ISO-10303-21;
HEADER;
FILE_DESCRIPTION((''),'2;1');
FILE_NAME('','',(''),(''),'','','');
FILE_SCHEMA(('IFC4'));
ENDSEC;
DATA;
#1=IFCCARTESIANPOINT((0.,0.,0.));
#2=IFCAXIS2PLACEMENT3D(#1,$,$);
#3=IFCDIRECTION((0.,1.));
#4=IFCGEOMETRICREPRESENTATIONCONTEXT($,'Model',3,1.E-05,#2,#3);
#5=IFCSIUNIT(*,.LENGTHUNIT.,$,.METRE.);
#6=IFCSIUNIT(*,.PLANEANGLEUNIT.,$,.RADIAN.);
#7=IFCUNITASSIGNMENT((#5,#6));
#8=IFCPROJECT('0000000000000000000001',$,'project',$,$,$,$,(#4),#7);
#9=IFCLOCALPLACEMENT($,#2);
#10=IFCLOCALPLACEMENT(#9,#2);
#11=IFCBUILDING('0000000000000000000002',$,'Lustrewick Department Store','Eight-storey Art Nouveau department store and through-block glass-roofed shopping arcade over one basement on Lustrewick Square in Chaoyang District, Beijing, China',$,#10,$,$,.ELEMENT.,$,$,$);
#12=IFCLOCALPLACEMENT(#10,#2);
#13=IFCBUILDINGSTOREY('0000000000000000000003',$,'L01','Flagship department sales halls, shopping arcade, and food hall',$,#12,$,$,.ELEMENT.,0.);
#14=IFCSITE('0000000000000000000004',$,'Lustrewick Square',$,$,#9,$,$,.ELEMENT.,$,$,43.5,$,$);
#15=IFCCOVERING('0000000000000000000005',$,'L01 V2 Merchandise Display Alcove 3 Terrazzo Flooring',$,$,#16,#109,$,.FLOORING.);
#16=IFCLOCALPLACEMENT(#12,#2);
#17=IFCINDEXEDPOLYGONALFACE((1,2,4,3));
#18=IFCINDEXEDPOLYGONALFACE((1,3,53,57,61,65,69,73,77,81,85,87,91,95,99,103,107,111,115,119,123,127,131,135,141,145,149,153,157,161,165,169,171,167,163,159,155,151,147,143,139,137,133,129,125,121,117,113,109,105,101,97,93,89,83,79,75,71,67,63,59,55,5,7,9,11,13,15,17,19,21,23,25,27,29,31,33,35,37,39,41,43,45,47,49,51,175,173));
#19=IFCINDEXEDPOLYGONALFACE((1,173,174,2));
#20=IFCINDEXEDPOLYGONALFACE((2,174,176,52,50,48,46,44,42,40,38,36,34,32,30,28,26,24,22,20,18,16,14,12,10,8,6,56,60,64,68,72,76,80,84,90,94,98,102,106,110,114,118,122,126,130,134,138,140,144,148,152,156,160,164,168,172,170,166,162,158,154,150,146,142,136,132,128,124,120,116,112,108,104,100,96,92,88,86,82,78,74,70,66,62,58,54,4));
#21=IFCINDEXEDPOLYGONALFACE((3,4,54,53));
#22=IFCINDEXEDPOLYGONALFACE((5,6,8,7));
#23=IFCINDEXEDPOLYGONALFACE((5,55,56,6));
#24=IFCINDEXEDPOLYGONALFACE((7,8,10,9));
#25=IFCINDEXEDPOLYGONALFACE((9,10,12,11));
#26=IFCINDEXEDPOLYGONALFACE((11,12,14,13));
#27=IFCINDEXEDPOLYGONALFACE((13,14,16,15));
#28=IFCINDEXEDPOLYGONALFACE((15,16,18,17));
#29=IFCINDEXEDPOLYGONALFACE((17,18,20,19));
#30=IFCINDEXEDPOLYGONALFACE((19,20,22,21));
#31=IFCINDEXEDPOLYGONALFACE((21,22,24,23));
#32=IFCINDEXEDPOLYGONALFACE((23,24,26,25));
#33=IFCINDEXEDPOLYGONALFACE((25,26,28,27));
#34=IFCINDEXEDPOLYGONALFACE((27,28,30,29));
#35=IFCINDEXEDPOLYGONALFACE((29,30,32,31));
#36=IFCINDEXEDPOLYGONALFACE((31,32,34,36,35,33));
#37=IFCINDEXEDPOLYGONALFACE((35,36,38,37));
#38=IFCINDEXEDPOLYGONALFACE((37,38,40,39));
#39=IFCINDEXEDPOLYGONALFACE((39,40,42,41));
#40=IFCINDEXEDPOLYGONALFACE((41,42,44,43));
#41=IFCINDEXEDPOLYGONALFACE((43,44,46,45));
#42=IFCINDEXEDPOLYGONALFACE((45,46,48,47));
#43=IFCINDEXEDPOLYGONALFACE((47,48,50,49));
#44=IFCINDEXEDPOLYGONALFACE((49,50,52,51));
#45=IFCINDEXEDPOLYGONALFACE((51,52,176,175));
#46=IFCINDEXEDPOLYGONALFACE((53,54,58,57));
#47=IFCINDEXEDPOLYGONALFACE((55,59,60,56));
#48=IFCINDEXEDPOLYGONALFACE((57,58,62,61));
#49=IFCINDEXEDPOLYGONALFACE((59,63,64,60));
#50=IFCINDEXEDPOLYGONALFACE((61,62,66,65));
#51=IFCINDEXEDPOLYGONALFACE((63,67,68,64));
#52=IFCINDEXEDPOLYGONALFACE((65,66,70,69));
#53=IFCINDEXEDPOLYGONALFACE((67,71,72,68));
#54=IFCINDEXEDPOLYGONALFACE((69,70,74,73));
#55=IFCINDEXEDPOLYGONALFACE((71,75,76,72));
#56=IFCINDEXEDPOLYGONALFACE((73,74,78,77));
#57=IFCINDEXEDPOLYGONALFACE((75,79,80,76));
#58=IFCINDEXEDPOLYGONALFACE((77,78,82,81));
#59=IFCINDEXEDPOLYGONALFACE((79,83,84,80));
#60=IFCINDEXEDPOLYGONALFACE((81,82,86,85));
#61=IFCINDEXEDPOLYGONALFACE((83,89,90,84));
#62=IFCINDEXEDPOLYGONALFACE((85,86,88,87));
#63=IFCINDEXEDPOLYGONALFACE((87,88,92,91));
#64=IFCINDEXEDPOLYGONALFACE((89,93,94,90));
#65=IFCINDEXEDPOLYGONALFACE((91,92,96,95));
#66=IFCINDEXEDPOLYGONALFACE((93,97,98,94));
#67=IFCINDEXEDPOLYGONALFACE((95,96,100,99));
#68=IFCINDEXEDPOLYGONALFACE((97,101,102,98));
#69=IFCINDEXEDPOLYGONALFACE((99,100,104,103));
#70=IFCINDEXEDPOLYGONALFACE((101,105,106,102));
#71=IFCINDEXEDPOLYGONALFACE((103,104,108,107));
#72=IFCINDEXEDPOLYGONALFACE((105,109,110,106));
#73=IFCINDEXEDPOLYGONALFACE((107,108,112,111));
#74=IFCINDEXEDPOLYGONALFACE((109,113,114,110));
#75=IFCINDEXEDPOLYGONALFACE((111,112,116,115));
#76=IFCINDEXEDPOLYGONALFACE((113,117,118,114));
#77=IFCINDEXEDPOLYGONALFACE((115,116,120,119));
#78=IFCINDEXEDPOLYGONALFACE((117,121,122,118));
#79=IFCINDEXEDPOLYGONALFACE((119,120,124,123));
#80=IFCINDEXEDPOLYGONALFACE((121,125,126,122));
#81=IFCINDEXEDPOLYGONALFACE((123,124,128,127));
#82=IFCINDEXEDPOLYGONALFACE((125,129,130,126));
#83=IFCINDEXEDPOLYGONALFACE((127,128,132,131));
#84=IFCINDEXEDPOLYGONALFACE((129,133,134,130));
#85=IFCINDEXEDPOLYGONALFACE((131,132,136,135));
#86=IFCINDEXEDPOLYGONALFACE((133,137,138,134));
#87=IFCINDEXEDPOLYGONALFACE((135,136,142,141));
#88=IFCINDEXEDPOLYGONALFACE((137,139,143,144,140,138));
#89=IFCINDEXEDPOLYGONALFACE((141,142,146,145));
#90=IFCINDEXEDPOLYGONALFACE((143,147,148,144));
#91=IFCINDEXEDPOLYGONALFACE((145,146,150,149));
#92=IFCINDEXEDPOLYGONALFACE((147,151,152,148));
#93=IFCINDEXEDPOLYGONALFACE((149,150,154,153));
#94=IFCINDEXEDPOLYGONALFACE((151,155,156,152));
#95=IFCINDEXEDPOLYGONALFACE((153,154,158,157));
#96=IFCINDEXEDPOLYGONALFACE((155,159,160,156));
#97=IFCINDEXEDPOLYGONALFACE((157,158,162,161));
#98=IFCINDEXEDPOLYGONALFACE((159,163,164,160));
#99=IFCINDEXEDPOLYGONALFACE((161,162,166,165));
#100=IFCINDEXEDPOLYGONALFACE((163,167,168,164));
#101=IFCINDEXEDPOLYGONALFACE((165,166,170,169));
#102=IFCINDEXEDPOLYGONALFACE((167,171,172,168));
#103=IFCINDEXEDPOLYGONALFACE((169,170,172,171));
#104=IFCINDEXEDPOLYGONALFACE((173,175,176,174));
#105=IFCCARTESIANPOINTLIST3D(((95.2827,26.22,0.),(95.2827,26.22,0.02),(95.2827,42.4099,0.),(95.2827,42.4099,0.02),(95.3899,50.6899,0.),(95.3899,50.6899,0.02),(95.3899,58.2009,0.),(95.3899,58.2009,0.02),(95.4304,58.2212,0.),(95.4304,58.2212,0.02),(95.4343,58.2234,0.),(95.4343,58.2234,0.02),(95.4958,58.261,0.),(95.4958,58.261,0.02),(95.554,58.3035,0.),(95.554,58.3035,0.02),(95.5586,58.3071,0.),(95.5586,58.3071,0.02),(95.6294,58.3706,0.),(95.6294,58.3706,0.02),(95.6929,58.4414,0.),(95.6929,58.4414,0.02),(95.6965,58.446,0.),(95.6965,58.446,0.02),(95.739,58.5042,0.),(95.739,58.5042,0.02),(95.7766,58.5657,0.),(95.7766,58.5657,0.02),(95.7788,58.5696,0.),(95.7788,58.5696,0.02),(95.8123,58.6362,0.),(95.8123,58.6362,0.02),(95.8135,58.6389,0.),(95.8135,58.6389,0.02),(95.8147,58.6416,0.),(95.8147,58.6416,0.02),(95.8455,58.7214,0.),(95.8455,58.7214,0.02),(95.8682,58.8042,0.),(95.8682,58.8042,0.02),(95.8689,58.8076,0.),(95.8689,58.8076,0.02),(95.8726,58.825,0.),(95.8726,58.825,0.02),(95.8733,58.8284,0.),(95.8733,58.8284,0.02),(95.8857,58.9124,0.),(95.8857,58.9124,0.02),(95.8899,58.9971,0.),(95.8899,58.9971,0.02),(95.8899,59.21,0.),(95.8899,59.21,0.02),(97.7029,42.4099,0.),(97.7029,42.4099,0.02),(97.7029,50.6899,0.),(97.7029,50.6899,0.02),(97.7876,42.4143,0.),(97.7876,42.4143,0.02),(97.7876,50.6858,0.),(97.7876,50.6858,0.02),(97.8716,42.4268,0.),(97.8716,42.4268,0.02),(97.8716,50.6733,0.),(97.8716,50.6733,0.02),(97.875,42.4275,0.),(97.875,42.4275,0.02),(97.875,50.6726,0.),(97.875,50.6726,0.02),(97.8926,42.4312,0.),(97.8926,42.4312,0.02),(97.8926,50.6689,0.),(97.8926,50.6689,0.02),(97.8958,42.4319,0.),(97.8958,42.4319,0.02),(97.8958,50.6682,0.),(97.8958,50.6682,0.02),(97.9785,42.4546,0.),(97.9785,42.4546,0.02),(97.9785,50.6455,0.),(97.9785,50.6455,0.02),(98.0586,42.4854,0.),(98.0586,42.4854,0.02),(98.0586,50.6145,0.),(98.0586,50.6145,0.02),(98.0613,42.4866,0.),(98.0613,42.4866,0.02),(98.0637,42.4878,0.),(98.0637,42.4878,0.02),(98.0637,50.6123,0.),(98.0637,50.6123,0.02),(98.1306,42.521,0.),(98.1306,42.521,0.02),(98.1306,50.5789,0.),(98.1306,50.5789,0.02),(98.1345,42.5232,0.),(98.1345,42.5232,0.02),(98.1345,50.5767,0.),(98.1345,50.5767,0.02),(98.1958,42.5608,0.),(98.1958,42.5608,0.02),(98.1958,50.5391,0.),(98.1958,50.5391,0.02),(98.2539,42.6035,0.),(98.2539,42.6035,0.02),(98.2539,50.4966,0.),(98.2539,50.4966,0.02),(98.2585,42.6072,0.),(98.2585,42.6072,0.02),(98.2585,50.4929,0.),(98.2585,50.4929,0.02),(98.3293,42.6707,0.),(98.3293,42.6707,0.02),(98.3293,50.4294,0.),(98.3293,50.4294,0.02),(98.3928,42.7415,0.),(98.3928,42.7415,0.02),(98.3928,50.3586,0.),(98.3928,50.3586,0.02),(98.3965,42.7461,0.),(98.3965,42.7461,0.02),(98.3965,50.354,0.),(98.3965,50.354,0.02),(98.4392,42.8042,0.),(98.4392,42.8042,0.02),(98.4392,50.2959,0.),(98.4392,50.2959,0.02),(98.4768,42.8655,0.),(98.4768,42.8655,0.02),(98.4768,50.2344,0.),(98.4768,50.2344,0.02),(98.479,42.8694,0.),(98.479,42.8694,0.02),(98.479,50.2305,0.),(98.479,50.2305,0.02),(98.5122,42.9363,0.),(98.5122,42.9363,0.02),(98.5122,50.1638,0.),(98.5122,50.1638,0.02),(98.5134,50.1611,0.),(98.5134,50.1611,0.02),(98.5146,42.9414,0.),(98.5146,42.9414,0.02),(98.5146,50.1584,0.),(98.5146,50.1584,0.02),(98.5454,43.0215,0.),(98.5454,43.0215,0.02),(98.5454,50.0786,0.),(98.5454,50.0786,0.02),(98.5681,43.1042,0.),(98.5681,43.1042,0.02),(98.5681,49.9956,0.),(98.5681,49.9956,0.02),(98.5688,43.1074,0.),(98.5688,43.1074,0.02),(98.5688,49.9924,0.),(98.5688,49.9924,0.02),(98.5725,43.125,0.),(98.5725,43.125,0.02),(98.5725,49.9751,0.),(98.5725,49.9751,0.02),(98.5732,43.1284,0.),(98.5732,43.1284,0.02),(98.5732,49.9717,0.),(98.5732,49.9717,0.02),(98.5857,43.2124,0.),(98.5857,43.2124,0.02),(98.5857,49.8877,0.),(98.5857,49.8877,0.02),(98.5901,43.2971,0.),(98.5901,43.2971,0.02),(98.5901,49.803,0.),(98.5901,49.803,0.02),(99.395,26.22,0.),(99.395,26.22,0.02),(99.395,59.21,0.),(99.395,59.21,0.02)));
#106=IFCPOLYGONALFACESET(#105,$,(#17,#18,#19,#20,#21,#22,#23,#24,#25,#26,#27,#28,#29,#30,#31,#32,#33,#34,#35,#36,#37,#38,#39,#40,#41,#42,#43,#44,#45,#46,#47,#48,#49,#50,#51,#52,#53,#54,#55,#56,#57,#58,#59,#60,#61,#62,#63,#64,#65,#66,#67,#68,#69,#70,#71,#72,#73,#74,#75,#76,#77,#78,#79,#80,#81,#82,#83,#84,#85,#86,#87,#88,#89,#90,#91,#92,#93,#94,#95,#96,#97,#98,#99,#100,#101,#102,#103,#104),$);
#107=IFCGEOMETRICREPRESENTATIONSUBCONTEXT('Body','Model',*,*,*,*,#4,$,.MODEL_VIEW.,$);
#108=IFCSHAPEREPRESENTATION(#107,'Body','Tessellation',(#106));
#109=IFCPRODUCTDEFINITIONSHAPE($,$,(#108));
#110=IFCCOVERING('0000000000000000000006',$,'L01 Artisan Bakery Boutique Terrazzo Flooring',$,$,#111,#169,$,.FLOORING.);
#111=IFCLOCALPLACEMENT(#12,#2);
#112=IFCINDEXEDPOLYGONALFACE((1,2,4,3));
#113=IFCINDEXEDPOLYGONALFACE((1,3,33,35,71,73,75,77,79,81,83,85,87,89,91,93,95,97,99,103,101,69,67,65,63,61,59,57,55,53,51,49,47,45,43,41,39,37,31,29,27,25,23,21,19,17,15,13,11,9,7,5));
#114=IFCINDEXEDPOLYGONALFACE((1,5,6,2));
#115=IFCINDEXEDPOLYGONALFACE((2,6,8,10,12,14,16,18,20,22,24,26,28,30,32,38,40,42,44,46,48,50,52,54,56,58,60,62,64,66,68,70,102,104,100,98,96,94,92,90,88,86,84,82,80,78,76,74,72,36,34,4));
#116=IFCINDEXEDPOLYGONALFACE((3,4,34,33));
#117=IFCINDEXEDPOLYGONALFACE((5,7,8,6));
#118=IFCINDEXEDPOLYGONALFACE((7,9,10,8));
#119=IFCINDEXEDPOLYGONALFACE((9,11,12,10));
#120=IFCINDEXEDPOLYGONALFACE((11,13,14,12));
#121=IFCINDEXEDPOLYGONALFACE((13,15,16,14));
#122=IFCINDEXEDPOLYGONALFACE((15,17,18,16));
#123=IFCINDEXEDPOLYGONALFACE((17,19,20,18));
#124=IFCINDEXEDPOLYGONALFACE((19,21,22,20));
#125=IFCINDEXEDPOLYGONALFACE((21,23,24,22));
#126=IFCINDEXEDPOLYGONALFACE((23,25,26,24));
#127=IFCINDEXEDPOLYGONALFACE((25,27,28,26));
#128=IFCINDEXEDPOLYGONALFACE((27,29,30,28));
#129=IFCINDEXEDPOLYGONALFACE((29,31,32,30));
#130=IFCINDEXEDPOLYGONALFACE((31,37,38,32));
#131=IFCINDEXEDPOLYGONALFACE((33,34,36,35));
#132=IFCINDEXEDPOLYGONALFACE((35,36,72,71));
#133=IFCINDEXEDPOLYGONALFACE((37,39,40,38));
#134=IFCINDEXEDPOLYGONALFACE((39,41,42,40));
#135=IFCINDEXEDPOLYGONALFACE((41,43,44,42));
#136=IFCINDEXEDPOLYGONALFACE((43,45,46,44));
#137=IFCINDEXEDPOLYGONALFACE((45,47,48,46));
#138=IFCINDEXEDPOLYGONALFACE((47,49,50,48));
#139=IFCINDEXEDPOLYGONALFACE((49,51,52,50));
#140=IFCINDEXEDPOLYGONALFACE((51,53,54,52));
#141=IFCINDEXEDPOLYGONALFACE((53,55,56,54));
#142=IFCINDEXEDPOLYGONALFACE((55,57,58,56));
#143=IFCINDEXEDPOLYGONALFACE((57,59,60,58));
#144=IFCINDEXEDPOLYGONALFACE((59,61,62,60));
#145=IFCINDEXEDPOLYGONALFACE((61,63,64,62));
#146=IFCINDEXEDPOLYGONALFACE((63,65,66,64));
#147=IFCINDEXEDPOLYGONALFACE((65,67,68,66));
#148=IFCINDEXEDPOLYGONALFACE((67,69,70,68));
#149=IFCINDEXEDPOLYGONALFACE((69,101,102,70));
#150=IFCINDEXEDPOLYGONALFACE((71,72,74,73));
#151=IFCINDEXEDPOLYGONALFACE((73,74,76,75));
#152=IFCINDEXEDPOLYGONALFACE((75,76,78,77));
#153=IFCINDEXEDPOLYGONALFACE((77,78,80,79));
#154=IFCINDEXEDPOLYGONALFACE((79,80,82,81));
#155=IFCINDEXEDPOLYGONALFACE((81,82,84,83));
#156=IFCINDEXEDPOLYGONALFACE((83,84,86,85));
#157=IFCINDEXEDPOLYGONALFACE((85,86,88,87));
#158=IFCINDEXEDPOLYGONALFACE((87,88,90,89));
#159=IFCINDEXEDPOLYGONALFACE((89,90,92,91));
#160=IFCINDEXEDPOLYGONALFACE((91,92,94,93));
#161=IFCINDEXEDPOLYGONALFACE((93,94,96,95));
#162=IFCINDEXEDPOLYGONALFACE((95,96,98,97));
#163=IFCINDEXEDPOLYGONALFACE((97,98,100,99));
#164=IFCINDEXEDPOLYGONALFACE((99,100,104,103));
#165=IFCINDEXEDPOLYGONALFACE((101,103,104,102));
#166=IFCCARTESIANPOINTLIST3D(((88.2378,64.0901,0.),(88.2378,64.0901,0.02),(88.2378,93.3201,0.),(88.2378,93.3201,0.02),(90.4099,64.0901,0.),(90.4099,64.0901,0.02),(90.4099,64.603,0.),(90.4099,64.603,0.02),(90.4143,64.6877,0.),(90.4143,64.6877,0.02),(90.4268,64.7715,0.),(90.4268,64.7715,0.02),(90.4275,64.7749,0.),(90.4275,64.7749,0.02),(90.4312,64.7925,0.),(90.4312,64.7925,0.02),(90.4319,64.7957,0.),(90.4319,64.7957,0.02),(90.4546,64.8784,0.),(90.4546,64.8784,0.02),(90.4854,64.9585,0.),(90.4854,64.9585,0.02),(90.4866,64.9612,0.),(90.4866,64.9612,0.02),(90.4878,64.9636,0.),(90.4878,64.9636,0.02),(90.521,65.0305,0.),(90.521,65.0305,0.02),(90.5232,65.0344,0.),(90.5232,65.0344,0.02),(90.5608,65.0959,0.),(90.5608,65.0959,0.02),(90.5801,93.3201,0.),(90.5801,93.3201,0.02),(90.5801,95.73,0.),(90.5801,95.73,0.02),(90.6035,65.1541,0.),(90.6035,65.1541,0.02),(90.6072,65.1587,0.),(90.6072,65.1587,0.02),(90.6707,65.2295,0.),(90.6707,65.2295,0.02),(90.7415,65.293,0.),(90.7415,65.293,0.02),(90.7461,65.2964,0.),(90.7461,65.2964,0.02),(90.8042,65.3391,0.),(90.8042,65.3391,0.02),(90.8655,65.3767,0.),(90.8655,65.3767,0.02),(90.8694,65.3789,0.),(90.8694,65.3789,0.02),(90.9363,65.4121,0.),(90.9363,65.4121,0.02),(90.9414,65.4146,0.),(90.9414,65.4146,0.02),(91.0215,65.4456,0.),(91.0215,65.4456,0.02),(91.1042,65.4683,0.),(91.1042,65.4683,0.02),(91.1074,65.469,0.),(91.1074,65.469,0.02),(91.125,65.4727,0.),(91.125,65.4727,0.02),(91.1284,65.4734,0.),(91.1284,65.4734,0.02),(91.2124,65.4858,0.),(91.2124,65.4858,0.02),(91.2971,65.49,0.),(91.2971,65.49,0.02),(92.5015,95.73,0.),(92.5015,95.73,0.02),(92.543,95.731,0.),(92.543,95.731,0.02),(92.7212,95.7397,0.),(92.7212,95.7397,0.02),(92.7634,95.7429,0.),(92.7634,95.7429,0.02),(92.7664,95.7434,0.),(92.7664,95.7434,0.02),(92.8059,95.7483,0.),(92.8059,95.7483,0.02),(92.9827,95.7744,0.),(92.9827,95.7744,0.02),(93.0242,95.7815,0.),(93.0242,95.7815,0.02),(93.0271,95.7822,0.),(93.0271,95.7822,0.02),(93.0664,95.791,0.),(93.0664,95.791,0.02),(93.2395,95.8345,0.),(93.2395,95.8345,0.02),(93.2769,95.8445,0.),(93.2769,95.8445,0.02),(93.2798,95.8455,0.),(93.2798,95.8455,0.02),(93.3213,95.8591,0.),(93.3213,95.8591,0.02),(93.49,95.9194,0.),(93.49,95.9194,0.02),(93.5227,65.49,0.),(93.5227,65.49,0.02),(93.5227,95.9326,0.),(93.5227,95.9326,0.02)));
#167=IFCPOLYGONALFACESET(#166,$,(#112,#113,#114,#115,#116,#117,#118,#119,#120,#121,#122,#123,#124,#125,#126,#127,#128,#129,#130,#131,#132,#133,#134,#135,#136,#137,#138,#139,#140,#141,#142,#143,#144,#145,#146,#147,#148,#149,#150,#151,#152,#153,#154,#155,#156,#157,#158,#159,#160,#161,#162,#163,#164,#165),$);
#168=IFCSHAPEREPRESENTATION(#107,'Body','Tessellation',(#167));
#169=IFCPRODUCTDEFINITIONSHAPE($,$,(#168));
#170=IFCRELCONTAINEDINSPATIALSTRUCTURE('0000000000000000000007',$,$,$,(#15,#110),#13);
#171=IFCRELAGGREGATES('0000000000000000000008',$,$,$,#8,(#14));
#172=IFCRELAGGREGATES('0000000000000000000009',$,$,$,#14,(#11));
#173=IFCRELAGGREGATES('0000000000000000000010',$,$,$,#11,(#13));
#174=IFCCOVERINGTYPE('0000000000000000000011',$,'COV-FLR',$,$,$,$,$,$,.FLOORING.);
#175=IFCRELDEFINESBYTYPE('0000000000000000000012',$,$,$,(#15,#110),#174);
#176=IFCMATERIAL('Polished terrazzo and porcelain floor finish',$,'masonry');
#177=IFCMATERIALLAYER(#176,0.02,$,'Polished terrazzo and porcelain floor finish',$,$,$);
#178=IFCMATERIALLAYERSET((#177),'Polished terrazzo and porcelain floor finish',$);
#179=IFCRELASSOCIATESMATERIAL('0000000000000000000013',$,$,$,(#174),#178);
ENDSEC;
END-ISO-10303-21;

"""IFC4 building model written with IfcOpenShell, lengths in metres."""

from ifc_helpers import new_model, si_unit, direction, origin, place, context, subcontext, project, spatial, polyline, outline, extrude, material, layer, layer_set, type_object, element, save


model = new_model("IFC4")

# Units and contexts
model_context = context("Model", 3, precision=1e-05, world=origin(), true_north=direction((0.0, 1.0)))
body_context = subcontext(model_context, "Body", "Model", "MODEL_VIEW")
ifc_project = project(units=[si_unit("LENGTHUNIT", "METRE"), si_unit("PLANEANGLEUNIT", "RADIAN")], contexts=[model_context])

# Site, building, storey
site_placement = place(None, origin())
site = spatial("IfcSite", under=ifc_project, at=site_placement, Name="Lustrewick Square", CompositionType="ELEMENT", RefElevation=43.5)
building_placement = place(site_placement, origin())
building = spatial("IfcBuilding", under=site, at=building_placement, Name="Lustrewick Department Store", Description="Eight-storey Art Nouveau department store and through-block glass-roofed shopping arcade over one basement on Lustrewick Square in Chaoyang District, Beijing, China", CompositionType="ELEMENT")
storey_placement = place(building_placement, origin())
storey = spatial("IfcBuildingStorey", under=building, at=storey_placement, Name="L01", Description="Flagship department sales halls, shopping arcade, and food hall", CompositionType="ELEMENT", Elevation=0.0)

# Coverings
ifc_material_1 = material(Name="Polished terrazzo and porcelain floor finish", Category="masonry")
ifc_layer_1 = layer(ifc_material_1, 0.02, Name="Polished terrazzo and porcelain floor finish")
ifc_layer_set_1 = layer_set([ifc_layer_1], Name="Polished terrazzo and porcelain floor finish")
covering_type_1 = type_object("IfcCoveringType", Name="COV-FLR", PredefinedType="FLOORING", material=ifc_layer_set_1)
covering_1_placement = place(storey_placement, origin())
element("IfcCovering", 1, at=covering_1_placement, inside=storey, type_object=covering_type_1, Name="L01 V2 Merchandise Display Alcove 3 Terrazzo Flooring", PredefinedType="FLOORING", context=body_context, shape_type="SweptSolid", body=[
    extrude(outline(polyline([(95.3899, 50.6899), (97.7029, 50.6899), (97.7876, 50.6858), (97.8716, 50.6733), (97.875, 50.6726), (97.8926, 50.6689), (97.8958, 50.6682), (97.9785, 50.6455), (98.0586, 50.6145), (98.0637, 50.6123), (98.1306, 50.5789), (98.1345, 50.5767), (98.1958, 50.5391), (98.2539, 50.4966), (98.2585, 50.4929), (98.3293, 50.4294), (98.3928, 50.3586), (98.3965, 50.354), (98.4392, 50.2959), (98.4768, 50.2344), (98.479, 50.2305), (98.5122, 50.1638), (98.5134, 50.1611), (98.5146, 50.1584), (98.5454, 50.0786), (98.5681, 49.9956), (98.5688, 49.9924), (98.5725, 49.9751), (98.5732, 49.9717), (98.5857, 49.8877), (98.5901, 49.803), (98.5901, 43.2971), (98.5857, 43.2124), (98.5732, 43.1284), (98.5725, 43.125), (98.5688, 43.1074), (98.5681, 43.1042), (98.5454, 43.0215), (98.5146, 42.9414), (98.5122, 42.9363), (98.479, 42.8694), (98.4768, 42.8655), (98.4392, 42.8042), (98.3965, 42.7461), (98.3928, 42.7415), (98.3293, 42.6707), (98.2585, 42.6072), (98.2539, 42.6035), (98.1958, 42.5608), (98.1345, 42.5232), (98.1306, 42.521), (98.0637, 42.4878), (98.0613, 42.4866), (98.0586, 42.4854), (97.9785, 42.4546), (97.8958, 42.4319), (97.8926, 42.4312), (97.875, 42.4275), (97.8716, 42.4268), (97.7876, 42.4143), (97.7029, 42.4099), (95.2827, 42.4099), (95.2827, 26.22), (99.395, 26.22), (99.395, 59.21), (95.8899, 59.21), (95.8899, 58.9971), (95.8857, 58.9124), (95.8733, 58.8284), (95.8726, 58.825), (95.8689, 58.8076), (95.8682, 58.8042), (95.8455, 58.7214), (95.8147, 58.6416), (95.8135, 58.6389), (95.8123, 58.6362), (95.7788, 58.5696), (95.7766, 58.5657), (95.739, 58.5042), (95.6965, 58.446), (95.6929, 58.4414), (95.6294, 58.3706), (95.5586, 58.3071), (95.554, 58.3035), (95.4958, 58.261), (95.4343, 58.2234), (95.4304, 58.2212), (95.3899, 58.2009), (95.3899, 50.6899)])), origin(), (0.0, 0.0, 1.0), 0.02),
])
covering_2_placement = place(storey_placement, origin())
element("IfcCovering", 2, at=covering_2_placement, inside=storey, type_object=covering_type_1, Name="L01 Artisan Bakery Boutique Terrazzo Flooring", PredefinedType="FLOORING", context=body_context, shape_type="SweptSolid", body=[
    extrude(outline(polyline([(90.5801, 95.73), (90.5801, 93.3201), (88.2378, 93.3201), (88.2378, 64.0901), (90.4099, 64.0901), (90.4099, 64.603), (90.4143, 64.6877), (90.4268, 64.7715), (90.4275, 64.7749), (90.4312, 64.7925), (90.4319, 64.7957), (90.4546, 64.8784), (90.4854, 64.9585), (90.4866, 64.9612), (90.4878, 64.9636), (90.521, 65.0305), (90.5232, 65.0344), (90.5608, 65.0959), (90.6035, 65.1541), (90.6072, 65.1587), (90.6707, 65.2295), (90.7415, 65.293), (90.7461, 65.2964), (90.8042, 65.3391), (90.8655, 65.3767), (90.8694, 65.3789), (90.9363, 65.4121), (90.9414, 65.4146), (91.0215, 65.4456), (91.1042, 65.4683), (91.1074, 65.469), (91.125, 65.4727), (91.1284, 65.4734), (91.2124, 65.4858), (91.2971, 65.49), (93.5227, 65.49), (93.5227, 95.9326), (93.49, 95.9194), (93.3213, 95.8591), (93.2798, 95.8455), (93.2769, 95.8445), (93.2395, 95.8345), (93.0664, 95.791), (93.0271, 95.7822), (93.0242, 95.7815), (92.9827, 95.7744), (92.8059, 95.7483), (92.7664, 95.7434), (92.7634, 95.7429), (92.7212, 95.7397), (92.543, 95.731), (92.5015, 95.73), (90.5801, 95.73)])), origin(), (0.0, 0.0, 1.0), 0.02),
])

save(model, "model.ifc")
